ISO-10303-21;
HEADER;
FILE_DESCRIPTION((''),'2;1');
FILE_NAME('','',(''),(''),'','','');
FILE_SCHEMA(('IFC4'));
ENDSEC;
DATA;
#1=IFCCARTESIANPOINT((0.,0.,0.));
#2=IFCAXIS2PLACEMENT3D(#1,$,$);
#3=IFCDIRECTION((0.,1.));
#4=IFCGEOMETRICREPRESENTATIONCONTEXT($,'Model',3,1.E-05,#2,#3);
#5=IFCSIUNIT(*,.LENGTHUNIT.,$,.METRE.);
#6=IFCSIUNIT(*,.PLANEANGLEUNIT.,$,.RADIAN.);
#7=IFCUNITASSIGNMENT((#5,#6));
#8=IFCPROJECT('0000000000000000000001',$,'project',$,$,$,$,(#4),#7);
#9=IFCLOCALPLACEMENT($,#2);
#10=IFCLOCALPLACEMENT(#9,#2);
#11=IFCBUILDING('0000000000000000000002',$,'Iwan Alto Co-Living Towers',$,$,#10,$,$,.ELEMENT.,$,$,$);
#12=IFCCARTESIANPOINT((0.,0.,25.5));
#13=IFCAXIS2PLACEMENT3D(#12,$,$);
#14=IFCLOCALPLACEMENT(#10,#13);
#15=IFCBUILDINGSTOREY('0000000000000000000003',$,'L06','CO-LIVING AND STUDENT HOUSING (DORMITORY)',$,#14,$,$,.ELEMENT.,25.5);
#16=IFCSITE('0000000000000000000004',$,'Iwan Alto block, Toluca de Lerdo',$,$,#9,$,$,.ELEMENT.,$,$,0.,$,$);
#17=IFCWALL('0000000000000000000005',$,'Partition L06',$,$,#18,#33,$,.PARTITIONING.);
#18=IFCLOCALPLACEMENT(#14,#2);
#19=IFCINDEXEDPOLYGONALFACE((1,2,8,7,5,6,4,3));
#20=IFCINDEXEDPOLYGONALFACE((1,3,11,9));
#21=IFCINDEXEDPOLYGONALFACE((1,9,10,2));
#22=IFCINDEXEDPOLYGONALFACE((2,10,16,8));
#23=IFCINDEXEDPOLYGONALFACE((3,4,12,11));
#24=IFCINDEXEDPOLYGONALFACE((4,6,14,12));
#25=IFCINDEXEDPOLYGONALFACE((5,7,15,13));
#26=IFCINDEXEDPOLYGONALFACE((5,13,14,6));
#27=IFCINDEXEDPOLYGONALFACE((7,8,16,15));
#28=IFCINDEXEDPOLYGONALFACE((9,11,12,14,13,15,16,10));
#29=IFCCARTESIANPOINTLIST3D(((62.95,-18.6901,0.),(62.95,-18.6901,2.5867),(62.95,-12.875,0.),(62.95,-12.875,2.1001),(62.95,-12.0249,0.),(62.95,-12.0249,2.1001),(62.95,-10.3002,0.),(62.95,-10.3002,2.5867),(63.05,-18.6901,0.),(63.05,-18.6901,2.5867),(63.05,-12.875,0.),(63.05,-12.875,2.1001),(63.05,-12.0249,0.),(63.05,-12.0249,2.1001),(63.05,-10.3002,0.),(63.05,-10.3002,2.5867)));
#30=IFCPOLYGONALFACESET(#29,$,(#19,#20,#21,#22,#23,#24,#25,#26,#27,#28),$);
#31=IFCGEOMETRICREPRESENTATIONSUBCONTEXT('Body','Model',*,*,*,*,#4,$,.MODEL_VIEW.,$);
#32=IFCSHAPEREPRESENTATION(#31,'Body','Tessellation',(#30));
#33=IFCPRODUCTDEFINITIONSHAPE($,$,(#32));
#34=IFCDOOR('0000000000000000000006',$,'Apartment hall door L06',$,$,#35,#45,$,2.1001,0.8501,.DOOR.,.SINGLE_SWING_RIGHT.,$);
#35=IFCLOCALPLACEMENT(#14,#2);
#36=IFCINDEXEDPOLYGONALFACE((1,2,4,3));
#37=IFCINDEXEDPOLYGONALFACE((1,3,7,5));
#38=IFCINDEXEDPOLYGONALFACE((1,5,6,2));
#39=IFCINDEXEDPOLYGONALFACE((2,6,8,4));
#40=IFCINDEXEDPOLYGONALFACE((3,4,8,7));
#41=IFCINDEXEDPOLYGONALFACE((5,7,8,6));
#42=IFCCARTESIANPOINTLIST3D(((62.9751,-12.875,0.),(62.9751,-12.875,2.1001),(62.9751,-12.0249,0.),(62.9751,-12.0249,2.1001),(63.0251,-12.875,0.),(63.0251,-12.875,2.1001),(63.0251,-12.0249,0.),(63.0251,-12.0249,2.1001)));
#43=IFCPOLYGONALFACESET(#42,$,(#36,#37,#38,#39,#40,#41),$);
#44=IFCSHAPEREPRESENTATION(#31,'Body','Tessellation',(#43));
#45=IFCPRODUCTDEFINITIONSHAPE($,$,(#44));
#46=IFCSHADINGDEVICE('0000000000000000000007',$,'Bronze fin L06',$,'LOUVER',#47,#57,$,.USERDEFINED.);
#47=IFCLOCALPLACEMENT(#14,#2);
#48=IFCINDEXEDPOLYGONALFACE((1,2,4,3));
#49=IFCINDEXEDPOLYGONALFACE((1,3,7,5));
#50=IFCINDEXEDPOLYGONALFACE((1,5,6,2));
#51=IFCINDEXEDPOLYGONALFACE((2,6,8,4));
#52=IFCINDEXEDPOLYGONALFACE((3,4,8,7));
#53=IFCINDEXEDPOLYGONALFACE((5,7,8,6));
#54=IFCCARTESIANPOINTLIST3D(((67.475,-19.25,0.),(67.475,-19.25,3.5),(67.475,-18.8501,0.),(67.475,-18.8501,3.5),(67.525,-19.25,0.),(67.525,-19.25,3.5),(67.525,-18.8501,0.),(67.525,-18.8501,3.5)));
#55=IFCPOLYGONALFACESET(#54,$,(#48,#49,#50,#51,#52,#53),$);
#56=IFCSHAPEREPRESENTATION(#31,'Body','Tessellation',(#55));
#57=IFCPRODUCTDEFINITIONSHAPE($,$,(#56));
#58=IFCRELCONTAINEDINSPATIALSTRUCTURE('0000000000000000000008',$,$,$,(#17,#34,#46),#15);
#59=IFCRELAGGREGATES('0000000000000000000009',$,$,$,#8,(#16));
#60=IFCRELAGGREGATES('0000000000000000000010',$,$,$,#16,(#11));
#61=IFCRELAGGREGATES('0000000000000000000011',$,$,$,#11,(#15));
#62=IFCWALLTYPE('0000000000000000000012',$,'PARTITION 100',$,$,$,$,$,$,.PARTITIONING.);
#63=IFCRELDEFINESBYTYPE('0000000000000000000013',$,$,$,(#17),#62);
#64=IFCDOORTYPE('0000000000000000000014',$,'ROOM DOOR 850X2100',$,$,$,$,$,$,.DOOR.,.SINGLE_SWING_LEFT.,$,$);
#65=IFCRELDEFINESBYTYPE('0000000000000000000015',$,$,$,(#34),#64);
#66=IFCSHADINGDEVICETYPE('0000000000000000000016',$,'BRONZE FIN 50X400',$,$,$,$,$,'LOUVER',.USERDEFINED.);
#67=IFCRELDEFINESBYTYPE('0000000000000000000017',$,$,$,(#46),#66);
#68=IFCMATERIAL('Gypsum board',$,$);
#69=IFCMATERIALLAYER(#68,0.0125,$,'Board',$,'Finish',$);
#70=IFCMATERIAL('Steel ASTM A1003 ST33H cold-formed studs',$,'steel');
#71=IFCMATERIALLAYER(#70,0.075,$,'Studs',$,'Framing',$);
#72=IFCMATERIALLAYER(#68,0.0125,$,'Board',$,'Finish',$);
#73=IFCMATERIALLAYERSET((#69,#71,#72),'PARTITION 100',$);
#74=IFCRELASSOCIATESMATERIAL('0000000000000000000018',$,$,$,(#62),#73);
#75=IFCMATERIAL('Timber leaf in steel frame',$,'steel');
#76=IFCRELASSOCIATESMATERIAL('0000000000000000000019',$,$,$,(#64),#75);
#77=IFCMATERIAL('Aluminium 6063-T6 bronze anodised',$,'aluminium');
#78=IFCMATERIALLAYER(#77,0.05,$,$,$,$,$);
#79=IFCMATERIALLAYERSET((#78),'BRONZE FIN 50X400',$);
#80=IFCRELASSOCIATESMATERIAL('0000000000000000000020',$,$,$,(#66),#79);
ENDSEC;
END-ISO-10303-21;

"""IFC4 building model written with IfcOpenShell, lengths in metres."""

from ifc_helpers import new_model, si_unit, direction, frame, frame_2d, origin, origin_2d, place, context, subcontext, project, spatial, rectangle, extrude, material, layer, layer_set, type_object, element, fill, save


model = new_model("IFC4")

# Units and contexts
model_context = context("Model", 3, precision=1e-05, world=origin(), true_north=direction((0.0, 1.0)))
body_context = subcontext(model_context, "Body", "Model", "MODEL_VIEW")
ifc_project = project(units=[si_unit("LENGTHUNIT", "METRE"), si_unit("PLANEANGLEUNIT", "RADIAN")], contexts=[model_context])

# Site, building, storey
site_placement = place(None, origin())
site = spatial("IfcSite", under=ifc_project, at=site_placement, Name="Iwan Alto block, Toluca de Lerdo", CompositionType="ELEMENT", RefElevation=0.0)
building_placement = place(site_placement, origin())
building = spatial("IfcBuilding", under=site, at=building_placement, Name="Iwan Alto Co-Living Towers", CompositionType="ELEMENT")
storey_placement = place(building_placement, frame((0.0, 0.0, 25.5)))
storey = spatial("IfcBuildingStorey", under=building, at=storey_placement, Name="L06", Description="CO-LIVING AND STUDENT HOUSING (DORMITORY)", CompositionType="ELEMENT", Elevation=25.5)

# Shared definitions
ifc_material_1 = material(Name="Gypsum board")
ifc_layer_1 = layer(ifc_material_1, 0.0125, Name="Board", Category="Finish")
ifc_material_2 = material(Name="Steel ASTM A1003 ST33H cold-formed studs", Category="steel")
ifc_layer_2 = layer(ifc_material_2, 0.075, Name="Studs", Category="Framing")
ifc_layer_3 = layer(ifc_material_1, 0.0125, Name="Board", Category="Finish")
ifc_layer_set_1 = layer_set([ifc_layer_1, ifc_layer_2, ifc_layer_3], Name="PARTITION 100")
wall_type = type_object("IfcWallType", Name="PARTITION 100", PredefinedType="PARTITIONING", material=ifc_layer_set_1)

# Wall, opening, door
wall_placement = place(storey_placement, frame((63.0, -18.6899, 0.0), z_axis=(0.0, 0.0, 1.0), x_axis=(0.0, 1.0, 0.0)))
wall = element("IfcWall", 1, at=wall_placement, inside=storey, type_object=wall_type, Name="Partition L06", PredefinedType="PARTITIONING", context=body_context, shape_type="SweptSolid", body=[
    extrude(rectangle(XDim=8.3899, YDim=0.1001, at=frame_2d((4.1948, 0.0))), origin(), (0.0, 0.0, 1.0), 2.5867),
])
opening_placement = place(wall_placement, frame((5.8149, 0.0, 0.0)))
opening = element("IfcOpeningElement", 2, at=opening_placement, cuts=wall, PredefinedType="OPENING", context=body_context, shape_type="SweptSolid", body=[
    extrude(rectangle(XDim=0.8501, YDim=2.1001, at=frame_2d((0.425, 1.05))), frame((0.0, 0.0601, 0.0), z_axis=(0.0, -1.0, 0.0), x_axis=(1.0, 0.0, 0.0)), (0.0, 0.0, 1.0), 0.1201),
])
ifc_material_3 = material(Name="Timber leaf in steel frame", Category="steel")
door_type = type_object("IfcDoorType", Name="ROOM DOOR 850X2100", OperationType="SINGLE_SWING_LEFT", PredefinedType="DOOR", material=ifc_material_3)
door_placement = place(opening_placement, origin())
door = element("IfcDoor", 3, at=door_placement, inside=storey, type_object=door_type, Name="Apartment hall door L06", OperationType="SINGLE_SWING_RIGHT", OverallHeight=2.1001, OverallWidth=0.8501, PredefinedType="DOOR", context=body_context, shape_type="SweptSolid", body=[
    extrude(rectangle(XDim=0.8501, YDim=2.1001, at=frame_2d((0.425, 1.05))), frame((0.0, 0.0249, 0.0), z_axis=(0.0, -1.0, 0.0), x_axis=(1.0, 0.0, 0.0)), (0.0, 0.0, 1.0), 0.05),
])
fill(opening, door)

# Shading device
ifc_material_4 = material(Name="Aluminium 6063-T6 bronze anodised", Category="aluminium")
ifc_layer_4 = layer(ifc_material_4, 0.05)
ifc_layer_set_2 = layer_set([ifc_layer_4], Name="BRONZE FIN 50X400")
shading_device_type = type_object("IfcShadingDeviceType", Name="BRONZE FIN 50X400", ElementType="LOUVER", PredefinedType="USERDEFINED", material=ifc_layer_set_2)
shading_device_placement = place(storey_placement, frame((67.5, -19.05, 0.0), z_axis=(0.0, 0.0, 1.0), x_axis=(1.0, 0.0, 0.0)))
element("IfcShadingDevice", 4, at=shading_device_placement, inside=storey, type_object=shading_device_type, Name="Bronze fin L06", ObjectType="LOUVER", PredefinedType="USERDEFINED", context=body_context, shape_type="SweptSolid", body=[
    extrude(rectangle(XDim=0.05, YDim=0.3999, at=origin_2d()), origin(), (0.0, 0.0, 1.0), 3.5),
])

save(model, "model.ifc")
